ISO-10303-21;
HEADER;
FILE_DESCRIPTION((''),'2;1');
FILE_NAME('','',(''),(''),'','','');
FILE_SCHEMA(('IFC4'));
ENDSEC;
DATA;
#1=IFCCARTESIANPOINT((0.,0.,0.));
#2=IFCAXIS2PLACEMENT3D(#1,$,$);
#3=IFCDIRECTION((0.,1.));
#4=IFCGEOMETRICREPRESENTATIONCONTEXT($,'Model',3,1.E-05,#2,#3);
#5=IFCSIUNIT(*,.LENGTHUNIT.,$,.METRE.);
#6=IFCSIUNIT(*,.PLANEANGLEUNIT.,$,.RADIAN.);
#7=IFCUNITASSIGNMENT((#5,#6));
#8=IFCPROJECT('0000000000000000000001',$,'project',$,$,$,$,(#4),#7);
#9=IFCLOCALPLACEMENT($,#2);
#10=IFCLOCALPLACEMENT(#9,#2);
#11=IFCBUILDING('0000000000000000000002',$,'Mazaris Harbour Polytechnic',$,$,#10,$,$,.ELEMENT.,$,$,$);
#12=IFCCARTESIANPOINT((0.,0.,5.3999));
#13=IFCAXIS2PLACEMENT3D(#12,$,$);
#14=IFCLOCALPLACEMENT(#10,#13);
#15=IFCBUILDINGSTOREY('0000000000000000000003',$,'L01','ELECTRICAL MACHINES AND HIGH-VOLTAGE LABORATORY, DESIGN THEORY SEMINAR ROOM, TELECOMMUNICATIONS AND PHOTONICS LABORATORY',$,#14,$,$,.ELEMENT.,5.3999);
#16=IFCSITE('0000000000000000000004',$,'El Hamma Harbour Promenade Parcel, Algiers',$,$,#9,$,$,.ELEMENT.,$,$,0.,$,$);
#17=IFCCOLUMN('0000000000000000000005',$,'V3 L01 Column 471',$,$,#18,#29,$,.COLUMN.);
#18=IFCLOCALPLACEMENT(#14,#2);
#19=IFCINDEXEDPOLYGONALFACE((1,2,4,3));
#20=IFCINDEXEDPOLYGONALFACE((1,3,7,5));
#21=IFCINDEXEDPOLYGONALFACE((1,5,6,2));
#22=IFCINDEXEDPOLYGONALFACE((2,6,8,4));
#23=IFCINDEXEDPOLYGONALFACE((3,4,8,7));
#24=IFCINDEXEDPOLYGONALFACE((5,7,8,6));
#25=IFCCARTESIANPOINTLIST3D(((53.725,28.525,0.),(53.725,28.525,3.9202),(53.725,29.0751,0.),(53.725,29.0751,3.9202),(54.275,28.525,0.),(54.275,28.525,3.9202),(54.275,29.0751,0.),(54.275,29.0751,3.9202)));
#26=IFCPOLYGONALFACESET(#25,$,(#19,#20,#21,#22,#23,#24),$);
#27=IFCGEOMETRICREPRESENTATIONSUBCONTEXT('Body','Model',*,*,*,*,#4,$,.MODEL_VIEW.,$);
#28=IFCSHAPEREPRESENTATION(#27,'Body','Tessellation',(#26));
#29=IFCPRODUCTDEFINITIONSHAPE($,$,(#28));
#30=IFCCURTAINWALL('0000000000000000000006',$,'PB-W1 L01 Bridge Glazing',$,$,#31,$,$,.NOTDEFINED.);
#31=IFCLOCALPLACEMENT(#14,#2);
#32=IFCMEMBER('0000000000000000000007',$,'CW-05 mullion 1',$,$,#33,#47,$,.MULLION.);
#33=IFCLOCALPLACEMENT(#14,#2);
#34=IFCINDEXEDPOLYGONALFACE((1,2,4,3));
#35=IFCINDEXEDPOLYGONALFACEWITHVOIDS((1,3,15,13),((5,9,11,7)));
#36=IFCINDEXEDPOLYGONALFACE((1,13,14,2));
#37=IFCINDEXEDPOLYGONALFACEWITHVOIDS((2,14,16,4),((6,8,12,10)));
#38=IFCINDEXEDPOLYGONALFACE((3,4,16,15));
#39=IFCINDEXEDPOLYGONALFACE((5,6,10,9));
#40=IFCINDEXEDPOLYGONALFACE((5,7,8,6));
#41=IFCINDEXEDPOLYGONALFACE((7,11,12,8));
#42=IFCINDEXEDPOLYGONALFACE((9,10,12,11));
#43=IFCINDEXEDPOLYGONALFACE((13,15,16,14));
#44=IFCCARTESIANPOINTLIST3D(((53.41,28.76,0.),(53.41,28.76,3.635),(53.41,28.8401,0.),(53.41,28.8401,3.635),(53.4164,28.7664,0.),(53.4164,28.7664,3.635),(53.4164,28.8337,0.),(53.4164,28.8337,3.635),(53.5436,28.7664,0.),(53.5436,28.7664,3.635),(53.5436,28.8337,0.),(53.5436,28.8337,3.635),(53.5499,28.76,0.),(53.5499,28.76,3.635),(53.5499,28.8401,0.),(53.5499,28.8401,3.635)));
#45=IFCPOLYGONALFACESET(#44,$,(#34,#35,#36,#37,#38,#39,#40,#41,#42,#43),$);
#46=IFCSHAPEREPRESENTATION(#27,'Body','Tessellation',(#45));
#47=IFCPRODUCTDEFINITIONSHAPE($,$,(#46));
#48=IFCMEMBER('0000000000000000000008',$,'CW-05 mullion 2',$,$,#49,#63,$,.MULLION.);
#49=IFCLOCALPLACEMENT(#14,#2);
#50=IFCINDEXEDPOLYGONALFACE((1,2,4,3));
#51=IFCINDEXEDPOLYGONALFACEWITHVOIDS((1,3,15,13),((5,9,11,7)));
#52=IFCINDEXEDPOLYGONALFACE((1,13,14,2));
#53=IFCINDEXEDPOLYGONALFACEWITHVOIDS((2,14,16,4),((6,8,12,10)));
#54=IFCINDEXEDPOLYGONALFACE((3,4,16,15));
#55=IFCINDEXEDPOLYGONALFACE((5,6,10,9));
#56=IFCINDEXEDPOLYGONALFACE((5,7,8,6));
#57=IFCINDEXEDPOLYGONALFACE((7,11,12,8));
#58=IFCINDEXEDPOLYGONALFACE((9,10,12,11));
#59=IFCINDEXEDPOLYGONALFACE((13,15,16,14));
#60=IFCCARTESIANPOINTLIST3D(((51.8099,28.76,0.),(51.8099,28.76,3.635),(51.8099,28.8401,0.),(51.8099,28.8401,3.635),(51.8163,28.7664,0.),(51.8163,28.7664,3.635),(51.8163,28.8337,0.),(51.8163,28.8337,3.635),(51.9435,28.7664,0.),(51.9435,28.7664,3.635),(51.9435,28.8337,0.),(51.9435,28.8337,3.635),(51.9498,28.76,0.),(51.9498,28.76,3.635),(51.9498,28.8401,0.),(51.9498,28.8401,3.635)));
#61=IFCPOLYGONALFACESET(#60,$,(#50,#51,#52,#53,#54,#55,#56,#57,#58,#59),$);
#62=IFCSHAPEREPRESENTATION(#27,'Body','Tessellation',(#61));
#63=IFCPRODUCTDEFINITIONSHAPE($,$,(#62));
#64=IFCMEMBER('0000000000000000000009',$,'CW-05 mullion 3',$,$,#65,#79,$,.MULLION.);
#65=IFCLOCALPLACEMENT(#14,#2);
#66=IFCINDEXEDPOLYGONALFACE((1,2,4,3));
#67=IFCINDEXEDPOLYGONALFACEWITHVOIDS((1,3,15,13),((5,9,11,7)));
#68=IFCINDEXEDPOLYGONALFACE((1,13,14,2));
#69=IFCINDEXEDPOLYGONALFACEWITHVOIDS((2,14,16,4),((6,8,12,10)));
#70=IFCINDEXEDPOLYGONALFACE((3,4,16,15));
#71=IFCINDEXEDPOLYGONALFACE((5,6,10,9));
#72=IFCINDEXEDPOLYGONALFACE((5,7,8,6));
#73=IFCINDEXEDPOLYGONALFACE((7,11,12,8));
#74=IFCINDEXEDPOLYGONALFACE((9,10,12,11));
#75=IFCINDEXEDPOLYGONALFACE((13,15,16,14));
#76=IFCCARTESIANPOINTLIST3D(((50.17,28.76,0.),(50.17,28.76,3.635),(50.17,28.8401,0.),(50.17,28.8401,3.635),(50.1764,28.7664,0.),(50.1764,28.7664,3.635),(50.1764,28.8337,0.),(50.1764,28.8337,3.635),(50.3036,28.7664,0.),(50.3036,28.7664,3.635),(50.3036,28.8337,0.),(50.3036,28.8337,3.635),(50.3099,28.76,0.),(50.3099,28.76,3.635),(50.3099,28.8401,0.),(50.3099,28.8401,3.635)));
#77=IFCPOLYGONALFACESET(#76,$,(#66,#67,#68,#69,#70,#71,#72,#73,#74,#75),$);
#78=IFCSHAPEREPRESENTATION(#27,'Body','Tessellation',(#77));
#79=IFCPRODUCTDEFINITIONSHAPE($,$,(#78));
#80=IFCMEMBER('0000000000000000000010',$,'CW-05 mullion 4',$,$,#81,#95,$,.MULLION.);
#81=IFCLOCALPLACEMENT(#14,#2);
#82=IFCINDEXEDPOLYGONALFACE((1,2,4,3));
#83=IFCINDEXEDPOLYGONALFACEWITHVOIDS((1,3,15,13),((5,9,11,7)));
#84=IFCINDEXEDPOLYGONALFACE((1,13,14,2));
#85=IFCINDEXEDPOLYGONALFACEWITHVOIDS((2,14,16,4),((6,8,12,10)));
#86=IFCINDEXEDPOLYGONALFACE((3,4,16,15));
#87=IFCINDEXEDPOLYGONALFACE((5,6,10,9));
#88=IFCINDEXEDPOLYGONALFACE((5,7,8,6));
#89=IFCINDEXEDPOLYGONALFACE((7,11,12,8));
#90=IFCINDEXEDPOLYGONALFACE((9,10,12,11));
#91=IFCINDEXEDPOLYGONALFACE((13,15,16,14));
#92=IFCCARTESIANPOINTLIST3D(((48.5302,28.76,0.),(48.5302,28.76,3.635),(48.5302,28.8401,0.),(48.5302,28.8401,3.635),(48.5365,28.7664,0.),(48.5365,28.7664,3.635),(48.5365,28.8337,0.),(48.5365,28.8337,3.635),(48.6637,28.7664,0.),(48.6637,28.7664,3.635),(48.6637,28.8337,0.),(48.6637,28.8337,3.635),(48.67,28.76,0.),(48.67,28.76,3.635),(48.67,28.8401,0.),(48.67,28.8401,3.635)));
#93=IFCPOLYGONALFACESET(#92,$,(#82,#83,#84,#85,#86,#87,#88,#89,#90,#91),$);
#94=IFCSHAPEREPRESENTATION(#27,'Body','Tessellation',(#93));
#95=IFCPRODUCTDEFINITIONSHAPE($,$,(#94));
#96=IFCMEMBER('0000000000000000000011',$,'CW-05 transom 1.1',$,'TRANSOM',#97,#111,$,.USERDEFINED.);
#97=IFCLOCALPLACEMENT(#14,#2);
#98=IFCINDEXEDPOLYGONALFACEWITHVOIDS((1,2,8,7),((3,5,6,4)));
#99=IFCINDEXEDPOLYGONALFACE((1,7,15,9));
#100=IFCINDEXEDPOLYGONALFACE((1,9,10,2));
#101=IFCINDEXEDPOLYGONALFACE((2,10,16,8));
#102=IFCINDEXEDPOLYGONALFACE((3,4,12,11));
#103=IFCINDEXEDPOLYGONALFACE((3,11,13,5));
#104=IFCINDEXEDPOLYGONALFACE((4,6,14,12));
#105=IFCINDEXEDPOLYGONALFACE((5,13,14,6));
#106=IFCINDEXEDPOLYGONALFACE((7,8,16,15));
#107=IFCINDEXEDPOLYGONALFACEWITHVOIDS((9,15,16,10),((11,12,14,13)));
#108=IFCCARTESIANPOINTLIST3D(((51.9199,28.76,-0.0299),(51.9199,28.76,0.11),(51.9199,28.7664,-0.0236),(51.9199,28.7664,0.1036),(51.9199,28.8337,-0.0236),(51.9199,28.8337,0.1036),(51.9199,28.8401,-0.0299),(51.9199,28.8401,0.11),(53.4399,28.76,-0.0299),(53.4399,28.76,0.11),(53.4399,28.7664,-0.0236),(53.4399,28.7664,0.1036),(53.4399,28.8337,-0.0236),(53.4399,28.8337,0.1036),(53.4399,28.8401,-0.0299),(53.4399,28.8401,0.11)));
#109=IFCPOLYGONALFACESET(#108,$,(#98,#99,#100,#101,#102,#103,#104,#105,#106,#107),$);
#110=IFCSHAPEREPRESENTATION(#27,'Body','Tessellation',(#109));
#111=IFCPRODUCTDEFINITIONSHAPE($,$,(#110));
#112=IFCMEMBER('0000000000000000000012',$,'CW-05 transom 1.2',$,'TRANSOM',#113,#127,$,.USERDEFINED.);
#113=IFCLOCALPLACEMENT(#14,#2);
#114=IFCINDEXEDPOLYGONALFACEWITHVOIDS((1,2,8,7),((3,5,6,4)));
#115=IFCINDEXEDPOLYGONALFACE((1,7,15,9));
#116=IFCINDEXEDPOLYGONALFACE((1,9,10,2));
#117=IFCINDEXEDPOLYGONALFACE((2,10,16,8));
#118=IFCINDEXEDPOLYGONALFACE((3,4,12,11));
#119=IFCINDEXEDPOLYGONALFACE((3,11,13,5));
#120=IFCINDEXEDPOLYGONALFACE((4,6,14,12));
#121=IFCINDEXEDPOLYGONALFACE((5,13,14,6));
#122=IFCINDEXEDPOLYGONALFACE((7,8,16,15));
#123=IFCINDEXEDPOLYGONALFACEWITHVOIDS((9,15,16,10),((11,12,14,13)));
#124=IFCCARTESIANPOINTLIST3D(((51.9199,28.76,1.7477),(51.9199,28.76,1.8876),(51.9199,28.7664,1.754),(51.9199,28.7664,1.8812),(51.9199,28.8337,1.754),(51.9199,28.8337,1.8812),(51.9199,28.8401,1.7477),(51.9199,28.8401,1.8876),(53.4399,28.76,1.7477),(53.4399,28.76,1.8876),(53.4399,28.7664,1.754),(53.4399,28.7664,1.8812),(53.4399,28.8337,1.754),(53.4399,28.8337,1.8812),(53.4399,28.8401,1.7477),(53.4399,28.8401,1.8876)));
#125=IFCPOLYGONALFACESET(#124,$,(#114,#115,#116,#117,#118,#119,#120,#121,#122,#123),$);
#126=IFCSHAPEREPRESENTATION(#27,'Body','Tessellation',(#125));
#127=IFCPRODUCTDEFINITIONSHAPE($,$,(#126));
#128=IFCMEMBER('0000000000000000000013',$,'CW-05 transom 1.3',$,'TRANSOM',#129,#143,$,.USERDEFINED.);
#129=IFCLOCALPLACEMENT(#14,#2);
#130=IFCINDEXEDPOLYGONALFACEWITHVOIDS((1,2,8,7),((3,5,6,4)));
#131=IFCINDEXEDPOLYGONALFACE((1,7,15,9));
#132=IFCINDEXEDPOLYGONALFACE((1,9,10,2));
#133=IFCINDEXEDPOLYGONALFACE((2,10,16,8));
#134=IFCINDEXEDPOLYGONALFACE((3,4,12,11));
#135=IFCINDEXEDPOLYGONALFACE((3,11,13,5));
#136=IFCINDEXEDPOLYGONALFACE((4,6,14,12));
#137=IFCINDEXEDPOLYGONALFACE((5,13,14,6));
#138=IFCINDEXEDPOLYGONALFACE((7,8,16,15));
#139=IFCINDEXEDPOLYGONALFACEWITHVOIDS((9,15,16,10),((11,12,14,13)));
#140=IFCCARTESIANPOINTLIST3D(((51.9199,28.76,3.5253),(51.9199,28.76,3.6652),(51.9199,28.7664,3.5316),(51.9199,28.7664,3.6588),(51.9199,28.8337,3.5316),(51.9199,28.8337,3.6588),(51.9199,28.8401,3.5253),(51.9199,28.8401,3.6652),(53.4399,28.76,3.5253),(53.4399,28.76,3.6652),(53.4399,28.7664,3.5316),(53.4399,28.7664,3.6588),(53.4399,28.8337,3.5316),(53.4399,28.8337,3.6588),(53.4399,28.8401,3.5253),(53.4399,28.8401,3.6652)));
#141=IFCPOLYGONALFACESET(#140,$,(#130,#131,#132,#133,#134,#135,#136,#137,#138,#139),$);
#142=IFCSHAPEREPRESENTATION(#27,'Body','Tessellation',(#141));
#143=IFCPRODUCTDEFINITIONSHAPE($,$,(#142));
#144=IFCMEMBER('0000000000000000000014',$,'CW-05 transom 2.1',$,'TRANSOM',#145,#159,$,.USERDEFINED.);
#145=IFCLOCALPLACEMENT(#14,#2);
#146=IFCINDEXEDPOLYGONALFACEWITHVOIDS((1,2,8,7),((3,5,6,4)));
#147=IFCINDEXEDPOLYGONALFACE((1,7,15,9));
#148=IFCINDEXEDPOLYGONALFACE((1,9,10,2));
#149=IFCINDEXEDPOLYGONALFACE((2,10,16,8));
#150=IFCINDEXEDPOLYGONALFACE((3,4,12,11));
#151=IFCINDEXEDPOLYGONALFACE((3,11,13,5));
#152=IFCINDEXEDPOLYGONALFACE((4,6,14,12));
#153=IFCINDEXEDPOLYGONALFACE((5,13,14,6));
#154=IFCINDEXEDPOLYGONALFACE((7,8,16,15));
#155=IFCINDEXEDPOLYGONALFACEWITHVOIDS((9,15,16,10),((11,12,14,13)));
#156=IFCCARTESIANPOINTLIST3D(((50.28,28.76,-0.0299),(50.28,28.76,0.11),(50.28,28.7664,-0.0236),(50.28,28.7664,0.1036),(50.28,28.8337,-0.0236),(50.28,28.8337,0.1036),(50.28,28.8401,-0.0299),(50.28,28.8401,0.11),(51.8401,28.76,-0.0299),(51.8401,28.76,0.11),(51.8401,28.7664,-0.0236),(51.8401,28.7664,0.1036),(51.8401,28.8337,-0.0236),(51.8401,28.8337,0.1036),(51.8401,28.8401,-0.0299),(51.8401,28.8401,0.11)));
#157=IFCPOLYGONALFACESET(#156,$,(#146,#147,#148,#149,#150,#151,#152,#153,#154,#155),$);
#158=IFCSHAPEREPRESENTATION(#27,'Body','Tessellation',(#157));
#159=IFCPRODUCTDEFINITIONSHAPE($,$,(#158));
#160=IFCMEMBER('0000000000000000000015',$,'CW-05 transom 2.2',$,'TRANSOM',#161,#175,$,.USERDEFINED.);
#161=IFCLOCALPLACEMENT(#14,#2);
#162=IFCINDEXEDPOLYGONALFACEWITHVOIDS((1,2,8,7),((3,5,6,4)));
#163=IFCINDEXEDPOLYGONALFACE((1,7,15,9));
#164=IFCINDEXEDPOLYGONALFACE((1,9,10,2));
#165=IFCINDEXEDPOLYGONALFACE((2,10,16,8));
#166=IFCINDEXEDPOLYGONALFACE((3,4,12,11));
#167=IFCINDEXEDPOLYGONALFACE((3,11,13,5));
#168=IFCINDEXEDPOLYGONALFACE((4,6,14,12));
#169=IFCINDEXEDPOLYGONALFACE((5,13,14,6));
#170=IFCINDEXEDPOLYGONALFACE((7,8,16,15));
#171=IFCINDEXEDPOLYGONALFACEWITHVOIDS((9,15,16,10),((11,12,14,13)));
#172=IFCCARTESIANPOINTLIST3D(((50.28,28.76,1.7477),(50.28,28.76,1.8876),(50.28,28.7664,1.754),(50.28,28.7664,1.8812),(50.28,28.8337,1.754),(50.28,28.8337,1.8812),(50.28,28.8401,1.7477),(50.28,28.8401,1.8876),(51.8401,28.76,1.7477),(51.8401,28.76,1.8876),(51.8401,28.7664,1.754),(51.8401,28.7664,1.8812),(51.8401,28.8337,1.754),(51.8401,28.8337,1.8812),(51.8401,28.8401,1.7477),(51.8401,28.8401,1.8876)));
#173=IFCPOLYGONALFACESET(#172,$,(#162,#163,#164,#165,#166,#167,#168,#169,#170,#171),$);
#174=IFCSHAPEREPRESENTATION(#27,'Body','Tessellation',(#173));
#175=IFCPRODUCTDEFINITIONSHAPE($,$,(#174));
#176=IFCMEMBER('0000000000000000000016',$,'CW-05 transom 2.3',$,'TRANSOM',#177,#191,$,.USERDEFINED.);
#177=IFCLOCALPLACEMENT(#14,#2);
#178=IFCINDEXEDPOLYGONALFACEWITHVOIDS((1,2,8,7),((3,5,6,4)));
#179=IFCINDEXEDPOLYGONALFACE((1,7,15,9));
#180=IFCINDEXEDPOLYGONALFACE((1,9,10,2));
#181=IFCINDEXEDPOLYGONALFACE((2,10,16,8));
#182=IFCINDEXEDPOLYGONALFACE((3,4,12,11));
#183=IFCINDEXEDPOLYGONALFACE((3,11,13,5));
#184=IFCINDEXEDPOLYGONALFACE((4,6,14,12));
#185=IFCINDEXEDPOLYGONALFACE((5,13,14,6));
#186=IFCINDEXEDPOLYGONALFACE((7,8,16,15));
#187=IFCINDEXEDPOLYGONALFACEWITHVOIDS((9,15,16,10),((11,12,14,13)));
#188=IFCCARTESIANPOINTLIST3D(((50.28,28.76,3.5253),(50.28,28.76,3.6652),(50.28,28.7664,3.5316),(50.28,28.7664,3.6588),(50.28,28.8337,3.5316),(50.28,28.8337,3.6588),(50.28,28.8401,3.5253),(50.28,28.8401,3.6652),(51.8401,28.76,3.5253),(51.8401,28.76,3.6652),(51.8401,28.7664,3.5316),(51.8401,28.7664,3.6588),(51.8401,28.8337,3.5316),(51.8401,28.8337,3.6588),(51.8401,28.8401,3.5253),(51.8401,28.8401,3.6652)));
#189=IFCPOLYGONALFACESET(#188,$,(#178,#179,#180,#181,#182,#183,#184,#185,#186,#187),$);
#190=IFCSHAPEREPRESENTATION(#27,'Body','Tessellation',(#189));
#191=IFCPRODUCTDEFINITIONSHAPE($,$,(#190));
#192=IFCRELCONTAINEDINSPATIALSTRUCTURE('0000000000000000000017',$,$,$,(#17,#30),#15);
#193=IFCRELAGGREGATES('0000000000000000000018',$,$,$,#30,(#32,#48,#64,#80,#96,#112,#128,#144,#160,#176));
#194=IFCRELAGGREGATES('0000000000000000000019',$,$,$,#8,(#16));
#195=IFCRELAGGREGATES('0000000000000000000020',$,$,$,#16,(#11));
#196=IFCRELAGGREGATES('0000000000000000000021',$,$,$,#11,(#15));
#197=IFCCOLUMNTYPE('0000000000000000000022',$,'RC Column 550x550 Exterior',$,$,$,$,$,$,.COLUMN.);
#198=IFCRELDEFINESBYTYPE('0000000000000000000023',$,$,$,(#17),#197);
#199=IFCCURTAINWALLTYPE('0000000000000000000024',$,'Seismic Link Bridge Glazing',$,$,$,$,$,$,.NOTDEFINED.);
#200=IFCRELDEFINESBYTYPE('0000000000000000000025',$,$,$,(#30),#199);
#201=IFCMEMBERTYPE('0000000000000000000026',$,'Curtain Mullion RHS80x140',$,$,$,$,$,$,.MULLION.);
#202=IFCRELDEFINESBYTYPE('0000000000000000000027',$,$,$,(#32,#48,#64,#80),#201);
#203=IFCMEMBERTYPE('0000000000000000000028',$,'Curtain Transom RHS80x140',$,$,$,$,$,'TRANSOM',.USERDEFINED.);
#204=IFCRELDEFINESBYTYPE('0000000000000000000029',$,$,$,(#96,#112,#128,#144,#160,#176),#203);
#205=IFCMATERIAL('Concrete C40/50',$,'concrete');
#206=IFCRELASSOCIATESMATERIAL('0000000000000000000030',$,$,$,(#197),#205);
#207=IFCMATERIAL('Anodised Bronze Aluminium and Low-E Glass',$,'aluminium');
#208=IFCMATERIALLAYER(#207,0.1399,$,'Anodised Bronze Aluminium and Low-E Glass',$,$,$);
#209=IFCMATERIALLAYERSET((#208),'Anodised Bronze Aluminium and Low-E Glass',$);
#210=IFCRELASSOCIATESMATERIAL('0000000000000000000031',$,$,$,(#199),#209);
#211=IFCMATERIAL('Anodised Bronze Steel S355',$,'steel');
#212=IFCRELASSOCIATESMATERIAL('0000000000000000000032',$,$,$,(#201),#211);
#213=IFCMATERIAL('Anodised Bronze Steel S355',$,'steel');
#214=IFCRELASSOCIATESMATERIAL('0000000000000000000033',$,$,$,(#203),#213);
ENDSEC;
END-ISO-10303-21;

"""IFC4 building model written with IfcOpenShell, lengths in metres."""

from ifc_helpers import new_model, si_unit, direction, frame, origin, origin_2d, place, context, subcontext, project, spatial, rectangle, hollow_rectangle, extrude, material, layer, layer_set, material_profile, profile_set, type_object, element, aggregate, save


model = new_model("IFC4")

# Units and contexts
model_context = context("Model", 3, precision=1e-05, world=origin(), true_north=direction((0.0, 1.0)))
body_context = subcontext(model_context, "Body", "Model", "MODEL_VIEW")
ifc_project = project(units=[si_unit("LENGTHUNIT", "METRE"), si_unit("PLANEANGLEUNIT", "RADIAN")], contexts=[model_context])

# Site, building, storey
site_placement = place(None, origin())
site = spatial("IfcSite", under=ifc_project, at=site_placement, Name="El Hamma Harbour Promenade Parcel, Algiers", CompositionType="ELEMENT", RefElevation=0.0)
building_placement = place(site_placement, origin())
building = spatial("IfcBuilding", under=site, at=building_placement, Name="Mazaris Harbour Polytechnic", CompositionType="ELEMENT")
storey_placement = place(building_placement, frame((0.0, 0.0, 5.3999)))
storey = spatial("IfcBuildingStorey", under=building, at=storey_placement, Name="L01", Description="ELECTRICAL MACHINES AND HIGH-VOLTAGE LABORATORY, DESIGN THEORY SEMINAR ROOM, TELECOMMUNICATIONS AND PHOTONICS LABORATORY", CompositionType="ELEMENT", Elevation=5.3999)

# Column
ifc_material_1 = material(Name="Concrete C40/50", Category="concrete")
ifc_material_profile_1 = material_profile(ifc_material_1, rectangle(XDim=0.55, YDim=0.55, at=origin_2d()), Name="RECT550x550")
ifc_profile_set_1 = profile_set([ifc_material_profile_1], Name="Concrete C40/50")
column_type = type_object("IfcColumnType", Name="RC Column 550x550 Exterior", PredefinedType="COLUMN", material=ifc_profile_set_1)
column_placement = place(storey_placement, frame((54.0, 28.8, 0.0), z_axis=(0.0, 0.0, 1.0), x_axis=(1.0, 0.0, 0.0)))
element("IfcColumn", 1, at=column_placement, inside=storey, type_object=column_type, Name="V3 L01 Column 471", PredefinedType="COLUMN", context=body_context, shape_type="SweptSolid", body=[
    extrude(rectangle(XDim=0.55, YDim=0.55, at=origin_2d()), origin(), (0.0, 0.0, 1.0), 3.9202),
])

# Curtain wall, members
ifc_material_2 = material(Name="Anodised Bronze Aluminium and Low-E Glass", Category="aluminium")
ifc_layer_1 = layer(ifc_material_2, 0.1399, Name="Anodised Bronze Aluminium and Low-E Glass")
ifc_layer_set_1 = layer_set([ifc_layer_1], Name="Anodised Bronze Aluminium and Low-E Glass")
curtain_wall_type = type_object("IfcCurtainWallType", Name="Seismic Link Bridge Glazing", PredefinedType="NOTDEFINED", material=ifc_layer_set_1)
curtain_wall_placement = place(storey_placement, origin())
curtain_wall = element("IfcCurtainWall", 2, at=curtain_wall_placement, inside=storey, type_object=curtain_wall_type, Name="PB-W1 L01 Bridge Glazing", PredefinedType="NOTDEFINED")
ifc_material_3 = material(Name="Anodised Bronze Steel S355", Category="steel")
ifc_material_profile_2 = material_profile(ifc_material_3, hollow_rectangle(XDim=0.0801, YDim=0.1399, WallThickness=0.0063, at=origin_2d()), Name="RHS 80x140x6.3")
ifc_profile_set_2 = profile_set([ifc_material_profile_2], Name="Anodised Bronze Steel S355")
member_type_1 = type_object("IfcMemberType", Name="Curtain Mullion RHS80x140", PredefinedType="MULLION", material=ifc_profile_set_2)
member_1_placement = place(storey_placement, frame((53.48, 28.8, 0.0), z_axis=(0.0, 0.0, 1.0), x_axis=(0.0, -1.0, 0.0)))
member_1 = element("IfcMember", 3, at=member_1_placement, type_object=member_type_1, Name="CW-05 mullion 1", PredefinedType="MULLION", context=body_context, shape_type="SweptSolid", body=[
    extrude(hollow_rectangle(XDim=0.0801, YDim=0.1399, WallThickness=0.0063, at=origin_2d()), origin(), (0.0, 0.0, 1.0), 3.635),
])
member_2_placement = place(storey_placement, frame((51.8799, 28.8, 0.0), z_axis=(0.0, 0.0, 1.0), x_axis=(0.0, -1.0, 0.0)))
member_2 = element("IfcMember", 4, at=member_2_placement, type_object=member_type_1, Name="CW-05 mullion 2", PredefinedType="MULLION", context=body_context, shape_type="SweptSolid", body=[
    extrude(hollow_rectangle(XDim=0.0801, YDim=0.1399, WallThickness=0.0063, at=origin_2d()), origin(), (0.0, 0.0, 1.0), 3.635),
])
member_3_placement = place(storey_placement, frame((50.24, 28.8, 0.0), z_axis=(0.0, 0.0, 1.0), x_axis=(0.0, -1.0, 0.0)))
member_3 = element("IfcMember", 5, at=member_3_placement, type_object=member_type_1, Name="CW-05 mullion 3", PredefinedType="MULLION", context=body_context, shape_type="SweptSolid", body=[
    extrude(hollow_rectangle(XDim=0.0801, YDim=0.1399, WallThickness=0.0063, at=origin_2d()), origin(), (0.0, 0.0, 1.0), 3.635),
])
member_4_placement = place(storey_placement, frame((48.6001, 28.8, 0.0), z_axis=(0.0, 0.0, 1.0), x_axis=(0.0, -1.0, 0.0)))
member_4 = element("IfcMember", 6, at=member_4_placement, type_object=member_type_1, Name="CW-05 mullion 4", PredefinedType="MULLION", context=body_context, shape_type="SweptSolid", body=[
    extrude(hollow_rectangle(XDim=0.0801, YDim=0.1399, WallThickness=0.0063, at=origin_2d()), origin(), (0.0, 0.0, 1.0), 3.635),
])
ifc_material_4 = material(Name="Anodised Bronze Steel S355", Category="steel")
ifc_material_profile_3 = material_profile(ifc_material_4, hollow_rectangle(XDim=0.0801, YDim=0.1399, WallThickness=0.0063, at=origin_2d()), Name="RHS 80x140x6.3")
ifc_profile_set_3 = profile_set([ifc_material_profile_3], Name="Anodised Bronze Steel S355")
member_type_2 = type_object("IfcMemberType", Name="Curtain Transom RHS80x140", ElementType="TRANSOM", PredefinedType="USERDEFINED", material=ifc_profile_set_3)
member_5_placement = place(storey_placement, frame((53.4399, 28.8, 0.04), z_axis=(-1.0, 0.0, 0.0), x_axis=(0.0, -1.0, 0.0)))
member_5 = element("IfcMember", 7, at=member_5_placement, type_object=member_type_2, Name="CW-05 transom 1.1", ObjectType="TRANSOM", PredefinedType="USERDEFINED", context=body_context, shape_type="SweptSolid", body=[
    extrude(hollow_rectangle(XDim=0.0801, YDim=0.1399, WallThickness=0.0063, at=origin_2d()), origin(), (0.0, 0.0, 1.0), 1.52),
])
member_6_placement = place(storey_placement, frame((53.4399, 28.8, 1.8176), z_axis=(-1.0, 0.0, 0.0), x_axis=(0.0, -1.0, 0.0)))
member_6 = element("IfcMember", 8, at=member_6_placement, type_object=member_type_2, Name="CW-05 transom 1.2", ObjectType="TRANSOM", PredefinedType="USERDEFINED", context=body_context, shape_type="SweptSolid", body=[
    extrude(hollow_rectangle(XDim=0.0801, YDim=0.1399, WallThickness=0.0063, at=origin_2d()), origin(), (0.0, 0.0, 1.0), 1.52),
])
member_7_placement = place(storey_placement, frame((53.4399, 28.8, 3.5952), z_axis=(-1.0, 0.0, 0.0), x_axis=(0.0, -1.0, 0.0)))
member_7 = element("IfcMember", 9, at=member_7_placement, type_object=member_type_2, Name="CW-05 transom 1.3", ObjectType="TRANSOM", PredefinedType="USERDEFINED", context=body_context, shape_type="SweptSolid", body=[
    extrude(hollow_rectangle(XDim=0.0801, YDim=0.1399, WallThickness=0.0063, at=origin_2d()), origin(), (0.0, 0.0, 1.0), 1.52),
])
member_8_placement = place(storey_placement, frame((51.8401, 28.8, 0.04), z_axis=(-1.0, 0.0, 0.0), x_axis=(0.0, -1.0, 0.0)))
member_8 = element("IfcMember", 10, at=member_8_placement, type_object=member_type_2, Name="CW-05 transom 2.1", ObjectType="TRANSOM", PredefinedType="USERDEFINED", context=body_context, shape_type="SweptSolid", body=[
    extrude(hollow_rectangle(XDim=0.0801, YDim=0.1399, WallThickness=0.0063, at=origin_2d()), origin(), (0.0, 0.0, 1.0), 1.5601),
])
member_9_placement = place(storey_placement, frame((51.8401, 28.8, 1.8176), z_axis=(-1.0, 0.0, 0.0), x_axis=(0.0, -1.0, 0.0)))
member_9 = element("IfcMember", 11, at=member_9_placement, type_object=member_type_2, Name="CW-05 transom 2.2", ObjectType="TRANSOM", PredefinedType="USERDEFINED", context=body_context, shape_type="SweptSolid", body=[
    extrude(hollow_rectangle(XDim=0.0801, YDim=0.1399, WallThickness=0.0063, at=origin_2d()), origin(), (0.0, 0.0, 1.0), 1.5601),
])
member_10_placement = place(storey_placement, frame((51.8401, 28.8, 3.5952), z_axis=(-1.0, 0.0, 0.0), x_axis=(0.0, -1.0, 0.0)))
member_10 = element("IfcMember", 12, at=member_10_placement, type_object=member_type_2, Name="CW-05 transom 2.3", ObjectType="TRANSOM", PredefinedType="USERDEFINED", context=body_context, shape_type="SweptSolid", body=[
    extrude(hollow_rectangle(XDim=0.0801, YDim=0.1399, WallThickness=0.0063, at=origin_2d()), origin(), (0.0, 0.0, 1.0), 1.5601),
])
aggregate(curtain_wall, [member_1, member_2, member_3, member_4, member_5, member_6, member_7, member_8, member_9, member_10])

save(model, "model.ifc")
